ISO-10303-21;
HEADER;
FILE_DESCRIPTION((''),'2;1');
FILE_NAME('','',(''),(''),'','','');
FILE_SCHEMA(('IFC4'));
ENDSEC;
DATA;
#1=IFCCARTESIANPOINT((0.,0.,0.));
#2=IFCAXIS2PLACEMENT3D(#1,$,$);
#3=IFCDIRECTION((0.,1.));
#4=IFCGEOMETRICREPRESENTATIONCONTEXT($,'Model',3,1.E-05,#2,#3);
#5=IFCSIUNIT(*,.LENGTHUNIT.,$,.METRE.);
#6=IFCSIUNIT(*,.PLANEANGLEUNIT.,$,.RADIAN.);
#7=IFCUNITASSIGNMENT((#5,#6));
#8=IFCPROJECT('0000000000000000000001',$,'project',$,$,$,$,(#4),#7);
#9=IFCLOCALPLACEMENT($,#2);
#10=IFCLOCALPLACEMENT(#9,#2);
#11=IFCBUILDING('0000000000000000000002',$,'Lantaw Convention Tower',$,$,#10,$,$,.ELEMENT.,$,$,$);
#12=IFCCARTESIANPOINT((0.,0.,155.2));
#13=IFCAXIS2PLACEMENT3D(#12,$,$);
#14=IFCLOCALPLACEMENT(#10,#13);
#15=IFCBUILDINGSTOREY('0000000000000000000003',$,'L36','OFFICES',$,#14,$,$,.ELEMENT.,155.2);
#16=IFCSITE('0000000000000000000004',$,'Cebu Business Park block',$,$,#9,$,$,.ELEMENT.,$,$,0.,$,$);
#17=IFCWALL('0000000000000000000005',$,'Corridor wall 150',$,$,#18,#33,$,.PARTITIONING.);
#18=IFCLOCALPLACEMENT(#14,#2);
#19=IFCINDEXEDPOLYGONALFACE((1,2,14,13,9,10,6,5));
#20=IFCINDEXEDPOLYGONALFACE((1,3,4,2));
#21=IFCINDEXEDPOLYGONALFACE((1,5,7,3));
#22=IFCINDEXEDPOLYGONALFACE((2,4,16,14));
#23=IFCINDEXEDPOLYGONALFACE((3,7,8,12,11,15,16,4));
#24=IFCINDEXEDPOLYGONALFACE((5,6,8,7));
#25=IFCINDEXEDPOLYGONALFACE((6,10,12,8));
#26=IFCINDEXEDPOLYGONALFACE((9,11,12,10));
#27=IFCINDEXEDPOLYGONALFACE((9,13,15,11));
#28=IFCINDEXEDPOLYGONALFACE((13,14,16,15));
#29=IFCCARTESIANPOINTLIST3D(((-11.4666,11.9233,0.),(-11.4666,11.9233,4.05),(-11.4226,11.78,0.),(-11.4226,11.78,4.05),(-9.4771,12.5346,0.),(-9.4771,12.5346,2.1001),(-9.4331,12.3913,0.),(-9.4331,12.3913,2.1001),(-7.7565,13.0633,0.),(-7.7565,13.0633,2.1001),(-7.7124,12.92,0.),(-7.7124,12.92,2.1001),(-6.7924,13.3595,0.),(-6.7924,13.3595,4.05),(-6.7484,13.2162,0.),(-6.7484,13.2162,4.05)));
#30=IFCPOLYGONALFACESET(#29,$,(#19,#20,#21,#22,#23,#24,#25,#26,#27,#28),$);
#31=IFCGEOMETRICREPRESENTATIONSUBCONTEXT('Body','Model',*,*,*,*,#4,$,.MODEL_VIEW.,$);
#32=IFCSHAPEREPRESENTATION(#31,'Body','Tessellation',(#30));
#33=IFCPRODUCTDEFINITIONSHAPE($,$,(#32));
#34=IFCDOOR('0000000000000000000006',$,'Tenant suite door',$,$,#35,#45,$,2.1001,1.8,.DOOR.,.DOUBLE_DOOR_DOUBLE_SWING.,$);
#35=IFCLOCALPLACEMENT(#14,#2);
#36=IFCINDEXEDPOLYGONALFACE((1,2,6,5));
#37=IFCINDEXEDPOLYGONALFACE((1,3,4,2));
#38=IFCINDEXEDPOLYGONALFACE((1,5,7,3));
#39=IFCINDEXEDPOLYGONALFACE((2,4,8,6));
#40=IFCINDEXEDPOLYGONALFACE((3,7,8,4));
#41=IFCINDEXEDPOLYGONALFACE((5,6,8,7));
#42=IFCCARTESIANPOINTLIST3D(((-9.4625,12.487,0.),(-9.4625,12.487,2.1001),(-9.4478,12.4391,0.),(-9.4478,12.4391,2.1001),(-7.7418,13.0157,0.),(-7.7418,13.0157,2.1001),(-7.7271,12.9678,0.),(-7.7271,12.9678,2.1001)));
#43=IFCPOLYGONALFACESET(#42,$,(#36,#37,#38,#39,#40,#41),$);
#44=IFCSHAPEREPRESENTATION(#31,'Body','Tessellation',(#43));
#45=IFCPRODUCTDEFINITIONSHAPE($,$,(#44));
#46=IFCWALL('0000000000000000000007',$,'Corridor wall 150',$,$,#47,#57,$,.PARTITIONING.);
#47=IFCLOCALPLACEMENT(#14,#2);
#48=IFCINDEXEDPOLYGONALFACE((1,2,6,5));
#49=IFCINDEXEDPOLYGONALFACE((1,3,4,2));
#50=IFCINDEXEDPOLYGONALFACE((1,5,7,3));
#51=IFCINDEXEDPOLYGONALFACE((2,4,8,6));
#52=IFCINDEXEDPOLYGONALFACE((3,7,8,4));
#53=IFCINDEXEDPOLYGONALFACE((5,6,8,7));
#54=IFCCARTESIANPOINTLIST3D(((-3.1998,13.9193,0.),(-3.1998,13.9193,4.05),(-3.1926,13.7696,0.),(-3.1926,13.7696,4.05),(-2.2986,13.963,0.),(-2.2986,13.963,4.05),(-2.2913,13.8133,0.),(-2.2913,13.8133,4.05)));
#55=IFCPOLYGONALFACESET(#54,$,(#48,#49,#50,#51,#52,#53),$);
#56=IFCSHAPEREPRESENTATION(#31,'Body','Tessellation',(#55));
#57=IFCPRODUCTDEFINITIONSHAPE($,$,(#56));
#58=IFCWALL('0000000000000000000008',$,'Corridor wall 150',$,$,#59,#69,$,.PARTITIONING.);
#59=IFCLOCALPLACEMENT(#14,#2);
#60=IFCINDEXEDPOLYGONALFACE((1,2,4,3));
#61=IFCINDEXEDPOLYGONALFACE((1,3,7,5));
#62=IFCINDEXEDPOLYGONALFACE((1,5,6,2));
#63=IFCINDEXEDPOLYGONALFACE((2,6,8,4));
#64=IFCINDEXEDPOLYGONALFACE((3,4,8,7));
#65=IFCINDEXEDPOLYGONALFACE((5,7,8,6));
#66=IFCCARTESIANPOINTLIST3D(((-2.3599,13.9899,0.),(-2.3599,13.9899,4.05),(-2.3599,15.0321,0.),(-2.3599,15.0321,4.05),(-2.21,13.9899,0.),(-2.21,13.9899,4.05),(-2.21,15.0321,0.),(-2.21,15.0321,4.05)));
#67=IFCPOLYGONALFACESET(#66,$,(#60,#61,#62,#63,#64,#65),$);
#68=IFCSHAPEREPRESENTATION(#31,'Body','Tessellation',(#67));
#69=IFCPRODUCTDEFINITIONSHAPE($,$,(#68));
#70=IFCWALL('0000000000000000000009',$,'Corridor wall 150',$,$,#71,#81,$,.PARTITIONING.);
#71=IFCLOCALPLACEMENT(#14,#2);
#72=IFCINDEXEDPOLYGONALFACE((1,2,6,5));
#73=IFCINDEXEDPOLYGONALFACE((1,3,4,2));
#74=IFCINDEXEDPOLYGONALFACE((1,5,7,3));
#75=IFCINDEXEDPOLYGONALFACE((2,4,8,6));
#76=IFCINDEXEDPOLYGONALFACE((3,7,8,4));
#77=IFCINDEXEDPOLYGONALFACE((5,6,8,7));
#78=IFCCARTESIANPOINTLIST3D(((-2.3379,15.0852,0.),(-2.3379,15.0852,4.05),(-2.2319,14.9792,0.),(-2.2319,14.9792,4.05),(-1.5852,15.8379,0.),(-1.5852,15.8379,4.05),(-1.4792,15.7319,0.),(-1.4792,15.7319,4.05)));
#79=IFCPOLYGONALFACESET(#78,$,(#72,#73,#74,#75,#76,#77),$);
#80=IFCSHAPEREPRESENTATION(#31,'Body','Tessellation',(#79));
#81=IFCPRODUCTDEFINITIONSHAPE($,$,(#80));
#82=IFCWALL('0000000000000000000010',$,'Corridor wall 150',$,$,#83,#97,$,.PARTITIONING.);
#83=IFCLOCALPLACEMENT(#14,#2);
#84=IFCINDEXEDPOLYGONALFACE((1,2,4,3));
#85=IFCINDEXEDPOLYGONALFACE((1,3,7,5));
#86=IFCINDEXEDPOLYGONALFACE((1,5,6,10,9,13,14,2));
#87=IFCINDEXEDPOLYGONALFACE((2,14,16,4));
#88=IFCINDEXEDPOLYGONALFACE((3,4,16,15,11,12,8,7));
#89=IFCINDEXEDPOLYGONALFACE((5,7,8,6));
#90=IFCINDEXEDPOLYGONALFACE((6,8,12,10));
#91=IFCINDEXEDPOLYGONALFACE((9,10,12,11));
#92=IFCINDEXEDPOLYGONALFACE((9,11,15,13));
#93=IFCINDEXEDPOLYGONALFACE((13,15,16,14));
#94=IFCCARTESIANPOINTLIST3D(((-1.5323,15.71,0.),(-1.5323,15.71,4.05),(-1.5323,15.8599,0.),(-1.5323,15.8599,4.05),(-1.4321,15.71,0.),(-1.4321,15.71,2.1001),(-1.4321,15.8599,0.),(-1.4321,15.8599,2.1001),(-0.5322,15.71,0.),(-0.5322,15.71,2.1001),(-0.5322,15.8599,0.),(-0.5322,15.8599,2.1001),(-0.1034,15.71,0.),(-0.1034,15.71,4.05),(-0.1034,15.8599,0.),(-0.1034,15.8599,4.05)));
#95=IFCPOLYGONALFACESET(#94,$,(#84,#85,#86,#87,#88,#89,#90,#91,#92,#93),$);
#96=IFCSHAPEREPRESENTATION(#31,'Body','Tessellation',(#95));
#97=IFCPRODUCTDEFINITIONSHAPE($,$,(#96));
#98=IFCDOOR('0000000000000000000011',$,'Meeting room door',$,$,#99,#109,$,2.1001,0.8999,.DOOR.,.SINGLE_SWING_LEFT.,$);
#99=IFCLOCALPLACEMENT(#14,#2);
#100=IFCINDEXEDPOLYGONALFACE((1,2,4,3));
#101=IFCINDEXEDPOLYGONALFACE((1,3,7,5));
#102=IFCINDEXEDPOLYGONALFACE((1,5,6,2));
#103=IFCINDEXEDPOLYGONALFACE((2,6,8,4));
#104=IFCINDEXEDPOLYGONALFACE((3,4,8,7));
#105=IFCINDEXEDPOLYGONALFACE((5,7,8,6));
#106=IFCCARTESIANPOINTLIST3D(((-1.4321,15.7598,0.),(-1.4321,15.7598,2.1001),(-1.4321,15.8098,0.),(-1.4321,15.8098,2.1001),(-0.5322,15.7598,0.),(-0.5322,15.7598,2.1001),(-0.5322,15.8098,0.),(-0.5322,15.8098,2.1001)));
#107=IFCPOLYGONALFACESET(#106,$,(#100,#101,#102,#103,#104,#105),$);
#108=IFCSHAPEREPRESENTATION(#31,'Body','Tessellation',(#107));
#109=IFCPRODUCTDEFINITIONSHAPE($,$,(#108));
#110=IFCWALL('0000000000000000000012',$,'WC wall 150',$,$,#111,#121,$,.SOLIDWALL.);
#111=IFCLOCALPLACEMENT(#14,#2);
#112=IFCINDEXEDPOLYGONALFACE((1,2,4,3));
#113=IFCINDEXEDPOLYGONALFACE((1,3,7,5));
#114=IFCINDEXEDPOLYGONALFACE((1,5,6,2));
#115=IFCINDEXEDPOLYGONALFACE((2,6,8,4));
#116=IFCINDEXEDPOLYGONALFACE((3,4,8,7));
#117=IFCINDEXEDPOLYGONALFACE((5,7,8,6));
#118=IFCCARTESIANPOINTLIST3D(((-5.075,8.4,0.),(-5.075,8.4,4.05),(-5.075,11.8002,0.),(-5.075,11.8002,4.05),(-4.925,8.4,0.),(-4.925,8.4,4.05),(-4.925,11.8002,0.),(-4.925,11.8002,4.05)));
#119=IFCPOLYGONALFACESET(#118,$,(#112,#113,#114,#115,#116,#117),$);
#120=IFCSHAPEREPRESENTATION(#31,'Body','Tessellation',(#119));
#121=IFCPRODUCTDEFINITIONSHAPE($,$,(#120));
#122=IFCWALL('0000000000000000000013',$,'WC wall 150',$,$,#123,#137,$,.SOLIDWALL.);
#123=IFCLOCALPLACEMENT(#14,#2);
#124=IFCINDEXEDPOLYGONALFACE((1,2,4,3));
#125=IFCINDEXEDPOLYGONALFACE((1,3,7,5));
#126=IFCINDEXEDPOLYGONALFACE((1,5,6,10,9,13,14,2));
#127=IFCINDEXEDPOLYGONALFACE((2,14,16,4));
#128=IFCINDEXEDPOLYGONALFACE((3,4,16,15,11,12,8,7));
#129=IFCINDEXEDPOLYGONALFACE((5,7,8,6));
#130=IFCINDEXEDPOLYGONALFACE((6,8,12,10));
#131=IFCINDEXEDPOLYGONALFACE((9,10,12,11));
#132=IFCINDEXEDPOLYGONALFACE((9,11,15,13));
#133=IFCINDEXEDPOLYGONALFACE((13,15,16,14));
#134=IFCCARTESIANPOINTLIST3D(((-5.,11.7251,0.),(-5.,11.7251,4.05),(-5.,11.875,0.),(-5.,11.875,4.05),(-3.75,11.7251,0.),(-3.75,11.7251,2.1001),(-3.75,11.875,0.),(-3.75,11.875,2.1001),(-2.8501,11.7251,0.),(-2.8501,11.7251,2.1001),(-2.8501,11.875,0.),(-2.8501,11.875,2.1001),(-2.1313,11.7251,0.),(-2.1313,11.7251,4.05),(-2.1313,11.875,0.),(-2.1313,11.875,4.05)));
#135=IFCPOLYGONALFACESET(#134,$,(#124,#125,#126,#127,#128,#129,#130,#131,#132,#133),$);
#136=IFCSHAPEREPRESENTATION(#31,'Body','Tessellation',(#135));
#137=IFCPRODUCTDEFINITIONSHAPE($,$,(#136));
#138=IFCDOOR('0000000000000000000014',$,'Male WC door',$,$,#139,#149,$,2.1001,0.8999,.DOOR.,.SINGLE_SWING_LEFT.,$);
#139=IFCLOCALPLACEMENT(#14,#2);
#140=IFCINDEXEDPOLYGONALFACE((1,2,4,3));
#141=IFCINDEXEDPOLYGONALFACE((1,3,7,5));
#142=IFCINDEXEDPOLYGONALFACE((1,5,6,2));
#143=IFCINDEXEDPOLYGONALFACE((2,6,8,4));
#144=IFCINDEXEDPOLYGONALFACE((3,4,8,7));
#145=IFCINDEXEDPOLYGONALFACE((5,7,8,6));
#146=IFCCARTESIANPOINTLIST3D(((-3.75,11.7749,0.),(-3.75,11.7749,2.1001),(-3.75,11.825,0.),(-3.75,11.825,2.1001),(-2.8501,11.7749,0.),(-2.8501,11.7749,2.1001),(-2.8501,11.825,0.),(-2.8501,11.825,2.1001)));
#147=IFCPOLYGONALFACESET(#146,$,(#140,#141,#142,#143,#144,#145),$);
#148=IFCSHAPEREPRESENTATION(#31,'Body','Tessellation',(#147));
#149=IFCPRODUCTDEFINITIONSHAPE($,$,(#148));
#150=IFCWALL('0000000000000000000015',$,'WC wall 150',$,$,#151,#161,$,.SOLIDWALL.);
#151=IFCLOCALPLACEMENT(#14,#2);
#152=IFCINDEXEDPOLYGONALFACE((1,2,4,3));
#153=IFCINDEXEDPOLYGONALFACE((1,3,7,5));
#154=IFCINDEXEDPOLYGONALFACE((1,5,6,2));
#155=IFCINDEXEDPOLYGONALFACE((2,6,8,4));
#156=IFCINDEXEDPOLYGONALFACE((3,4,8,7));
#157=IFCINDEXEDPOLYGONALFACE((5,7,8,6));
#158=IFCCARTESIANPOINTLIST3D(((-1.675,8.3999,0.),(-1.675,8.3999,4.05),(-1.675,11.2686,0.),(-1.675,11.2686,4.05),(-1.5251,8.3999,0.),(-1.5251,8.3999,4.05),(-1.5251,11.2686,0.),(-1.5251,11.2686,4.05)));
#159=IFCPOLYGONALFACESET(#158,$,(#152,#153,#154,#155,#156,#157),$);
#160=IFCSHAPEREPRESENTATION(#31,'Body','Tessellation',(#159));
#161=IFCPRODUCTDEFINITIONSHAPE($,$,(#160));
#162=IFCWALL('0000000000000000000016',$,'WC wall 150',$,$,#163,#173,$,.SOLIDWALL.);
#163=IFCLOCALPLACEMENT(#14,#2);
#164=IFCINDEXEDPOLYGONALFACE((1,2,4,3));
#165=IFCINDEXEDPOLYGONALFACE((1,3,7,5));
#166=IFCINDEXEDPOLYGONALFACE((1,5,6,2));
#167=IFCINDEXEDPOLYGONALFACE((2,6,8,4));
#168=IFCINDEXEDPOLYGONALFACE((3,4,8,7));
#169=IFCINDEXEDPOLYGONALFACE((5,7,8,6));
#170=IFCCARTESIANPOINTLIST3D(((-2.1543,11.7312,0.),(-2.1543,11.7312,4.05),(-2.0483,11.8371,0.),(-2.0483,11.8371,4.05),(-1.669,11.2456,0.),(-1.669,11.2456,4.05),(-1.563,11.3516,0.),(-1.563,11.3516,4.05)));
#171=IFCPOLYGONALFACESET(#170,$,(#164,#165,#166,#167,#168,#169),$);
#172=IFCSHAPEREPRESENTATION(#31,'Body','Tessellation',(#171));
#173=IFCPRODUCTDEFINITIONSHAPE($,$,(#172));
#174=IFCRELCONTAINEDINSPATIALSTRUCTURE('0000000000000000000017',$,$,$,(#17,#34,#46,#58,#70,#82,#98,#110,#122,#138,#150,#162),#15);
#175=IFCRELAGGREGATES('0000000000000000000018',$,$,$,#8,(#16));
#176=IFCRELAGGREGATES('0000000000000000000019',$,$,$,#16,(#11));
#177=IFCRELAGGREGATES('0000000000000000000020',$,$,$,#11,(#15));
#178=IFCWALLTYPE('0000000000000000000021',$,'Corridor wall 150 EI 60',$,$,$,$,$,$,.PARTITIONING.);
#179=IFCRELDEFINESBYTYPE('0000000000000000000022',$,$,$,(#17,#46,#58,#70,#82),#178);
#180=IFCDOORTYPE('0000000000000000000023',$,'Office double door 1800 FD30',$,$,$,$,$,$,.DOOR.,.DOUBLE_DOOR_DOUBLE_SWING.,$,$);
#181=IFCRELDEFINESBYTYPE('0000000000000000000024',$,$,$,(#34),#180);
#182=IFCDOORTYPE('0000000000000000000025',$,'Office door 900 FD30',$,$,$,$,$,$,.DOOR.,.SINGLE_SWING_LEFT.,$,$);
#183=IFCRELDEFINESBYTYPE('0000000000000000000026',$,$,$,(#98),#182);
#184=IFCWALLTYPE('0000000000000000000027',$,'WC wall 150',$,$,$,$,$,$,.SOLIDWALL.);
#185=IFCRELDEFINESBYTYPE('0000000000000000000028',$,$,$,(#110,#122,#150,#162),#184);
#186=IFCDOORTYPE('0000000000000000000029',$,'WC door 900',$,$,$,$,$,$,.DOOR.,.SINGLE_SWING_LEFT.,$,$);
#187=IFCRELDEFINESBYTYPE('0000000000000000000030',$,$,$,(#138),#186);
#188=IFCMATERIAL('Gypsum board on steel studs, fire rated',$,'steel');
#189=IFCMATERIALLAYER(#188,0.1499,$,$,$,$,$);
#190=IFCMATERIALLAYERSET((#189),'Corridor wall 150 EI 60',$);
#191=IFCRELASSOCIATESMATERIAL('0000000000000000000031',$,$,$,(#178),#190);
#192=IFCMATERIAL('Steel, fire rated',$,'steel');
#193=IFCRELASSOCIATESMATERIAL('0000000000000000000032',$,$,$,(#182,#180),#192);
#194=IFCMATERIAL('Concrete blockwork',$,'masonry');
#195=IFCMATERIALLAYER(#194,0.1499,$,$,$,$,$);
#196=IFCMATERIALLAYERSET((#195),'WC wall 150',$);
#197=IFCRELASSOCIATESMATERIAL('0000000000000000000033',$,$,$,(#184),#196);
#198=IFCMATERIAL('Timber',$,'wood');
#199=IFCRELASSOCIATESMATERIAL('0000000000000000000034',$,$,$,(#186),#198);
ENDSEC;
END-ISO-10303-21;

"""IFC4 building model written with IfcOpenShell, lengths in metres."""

from ifc_helpers import new_model, si_unit, direction, frame, frame_2d, origin, place, context, subcontext, project, spatial, rectangle, extrude, material, layer, layer_set, type_object, element, fill, save


model = new_model("IFC4")

# Units and contexts
model_context = context("Model", 3, precision=1e-05, world=origin(), true_north=direction((0.0, 1.0)))
body_context = subcontext(model_context, "Body", "Model", "MODEL_VIEW")
ifc_project = project(units=[si_unit("LENGTHUNIT", "METRE"), si_unit("PLANEANGLEUNIT", "RADIAN")], contexts=[model_context])

# Site, building, storey
site_placement = place(None, origin())
site = spatial("IfcSite", under=ifc_project, at=site_placement, Name="Cebu Business Park block", CompositionType="ELEMENT", RefElevation=0.0)
building_placement = place(site_placement, origin())
building = spatial("IfcBuilding", under=site, at=building_placement, Name="Lantaw Convention Tower", CompositionType="ELEMENT")
storey_placement = place(building_placement, frame((0.0, 0.0, 155.2)))
storey = spatial("IfcBuildingStorey", under=building, at=storey_placement, Name="L36", Description="OFFICES", CompositionType="ELEMENT", Elevation=155.2)

# Wall, opening, door
ifc_material_1 = material(Name="Gypsum board on steel studs, fire rated", Category="steel")
ifc_layer_1 = layer(ifc_material_1, 0.1499)
ifc_layer_set_1 = layer_set([ifc_layer_1], Name="Corridor wall 150 EI 60")
wall_type_1 = type_object("IfcWallType", Name="Corridor wall 150 EI 60", PredefinedType="PARTITIONING", material=ifc_layer_set_1)
ifc_material_2 = material(Name="Steel, fire rated", Category="steel")
door_type_1 = type_object("IfcDoorType", Name="Office door 900 FD30", OperationType="SINGLE_SWING_LEFT", PredefinedType="DOOR", material=ifc_material_2)
wall_1_placement = place(storey_placement, frame((-6.7705, 13.2878, 0.0), z_axis=(0.0, 0.0, 1.0), x_axis=(-0.955892, -0.293717, 0.0)))
wall_1 = element("IfcWall", 1, at=wall_1_placement, inside=storey, type_object=wall_type_1, Name="Corridor wall 150", PredefinedType="PARTITIONING", context=body_context, shape_type="SweptSolid", body=[
    extrude(rectangle(XDim=4.8899, YDim=0.1499, at=frame_2d((2.4448, 0.0))), origin(), (0.0, 0.0, 1.0), 4.05),
])
opening_1_placement = place(wall_1_placement, frame((1.0085, 0.0, 0.0)))
opening_1 = element("IfcOpeningElement", 2, at=opening_1_placement, cuts=wall_1, PredefinedType="OPENING", context=body_context, shape_type="SweptSolid", body=[
    extrude(rectangle(XDim=1.8, YDim=2.1001, at=frame_2d((0.8999, 1.05))), frame((0.0, 0.085, 0.0), z_axis=(0.0, -1.0, 0.0), x_axis=(1.0, 0.0, 0.0)), (0.0, 0.0, 1.0), 0.1699),
])
door_type_2 = type_object("IfcDoorType", Name="Office double door 1800 FD30", OperationType="DOUBLE_DOOR_DOUBLE_SWING", PredefinedType="DOOR", material=ifc_material_2)
door_1_placement = place(opening_1_placement, origin())
door_1 = element("IfcDoor", 3, at=door_1_placement, inside=storey, type_object=door_type_2, Name="Tenant suite door", OperationType="DOUBLE_DOOR_DOUBLE_SWING", OverallHeight=2.1001, OverallWidth=1.8, PredefinedType="DOOR", context=body_context, shape_type="SweptSolid", body=[
    extrude(rectangle(XDim=1.8, YDim=2.1001, at=frame_2d((0.8999, 1.05))), frame((0.0, 0.0249, 0.0), z_axis=(0.0, -1.0, 0.0), x_axis=(1.0, 0.0, 0.0)), (0.0, 0.0, 1.0), 0.05),
])
fill(opening_1, door_1)

# Walls
wall_2_placement = place(storey_placement, frame((-2.2949, 13.8882, 0.0), z_axis=(0.0, 0.0, 1.0), x_axis=(-0.998827, -0.048426, 0.0)))
element("IfcWall", 4, at=wall_2_placement, inside=storey, type_object=wall_type_1, Name="Corridor wall 150", PredefinedType="PARTITIONING", context=body_context, shape_type="SweptSolid", body=[
    extrude(rectangle(XDim=0.9023, YDim=0.1499, at=frame_2d((0.4512, 0.0))), origin(), (0.0, 0.0, 1.0), 4.05),
])
wall_3_placement = place(storey_placement, frame((-2.2849, 13.99, 0.0), z_axis=(0.0, 0.0, 1.0), x_axis=(0.0, 1.0, 0.0)))
element("IfcWall", 5, at=wall_3_placement, inside=storey, type_object=wall_type_1, Name="Corridor wall 150", PredefinedType="PARTITIONING", context=body_context, shape_type="SweptSolid", body=[
    extrude(rectangle(XDim=1.0422, YDim=0.1499, at=frame_2d((0.521, 0.0))), origin(), (0.0, 0.0, 1.0), 4.05),
])
wall_4_placement = place(storey_placement, frame((-2.2849, 15.0322, 0.0), z_axis=(0.0, 0.0, 1.0), x_axis=(0.707107, 0.707107, 0.0)))
element("IfcWall", 6, at=wall_4_placement, inside=storey, type_object=wall_type_1, Name="Corridor wall 150", PredefinedType="PARTITIONING", context=body_context, shape_type="SweptSolid", body=[
    extrude(rectangle(XDim=1.0645, YDim=0.1499, at=frame_2d((0.5322, 0.0))), origin(), (0.0, 0.0, 1.0), 4.05),
])

# Wall, opening, door
wall_5_placement = place(storey_placement, frame((-1.5322, 15.7849, 0.0), z_axis=(0.0, 0.0, 1.0), x_axis=(1.0, 0.0, 0.0)))
wall_5 = element("IfcWall", 7, at=wall_5_placement, inside=storey, type_object=wall_type_1, Name="Corridor wall 150", PredefinedType="PARTITIONING", context=body_context, shape_type="SweptSolid", body=[
    extrude(rectangle(XDim=1.429, YDim=0.1499, at=frame_2d((0.7144, 0.0))), origin(), (0.0, 0.0, 1.0), 4.05),
])
opening_2_placement = place(wall_5_placement, frame((0.1001, 0.0, 0.0)))
opening_2 = element("IfcOpeningElement", 8, at=opening_2_placement, cuts=wall_5, PredefinedType="OPENING", context=body_context, shape_type="SweptSolid", body=[
    extrude(rectangle(XDim=0.8999, YDim=2.1001, at=frame_2d((0.45, 1.05))), frame((0.0, 0.085, 0.0), z_axis=(0.0, -1.0, 0.0), x_axis=(1.0, 0.0, 0.0)), (0.0, 0.0, 1.0), 0.1699),
])
door_2_placement = place(opening_2_placement, origin())
door_2 = element("IfcDoor", 9, at=door_2_placement, inside=storey, type_object=door_type_1, Name="Meeting room door", OperationType="SINGLE_SWING_LEFT", OverallHeight=2.1001, OverallWidth=0.8999, PredefinedType="DOOR", context=body_context, shape_type="SweptSolid", body=[
    extrude(rectangle(XDim=0.8999, YDim=2.1001, at=frame_2d((0.45, 1.05))), frame((0.0, 0.0249, 0.0), z_axis=(0.0, -1.0, 0.0), x_axis=(1.0, 0.0, 0.0)), (0.0, 0.0, 1.0), 0.05),
])
fill(opening_2, door_2)

# Wall
ifc_material_3 = material(Name="Concrete blockwork", Category="masonry")
ifc_layer_2 = layer(ifc_material_3, 0.1499)
ifc_layer_set_2 = layer_set([ifc_layer_2], Name="WC wall 150")
wall_type_2 = type_object("IfcWallType", Name="WC wall 150", PredefinedType="SOLIDWALL", material=ifc_layer_set_2)
wall_6_placement = place(storey_placement, frame((-5.0, 8.3999, 0.0), z_axis=(0.0, 0.0, 1.0), x_axis=(0.0, 1.0, 0.0)))
element("IfcWall", 10, at=wall_6_placement, inside=storey, type_object=wall_type_2, Name="WC wall 150", PredefinedType="SOLIDWALL", context=body_context, shape_type="SweptSolid", body=[
    extrude(rectangle(XDim=3.4001, YDim=0.1499, at=frame_2d((1.7002, 0.0))), origin(), (0.0, 0.0, 1.0), 4.05),
])

# Wall, opening, door
wall_7_placement = place(storey_placement, frame((-5.0, 11.8, 0.0), z_axis=(0.0, 0.0, 1.0), x_axis=(1.0, 0.0, 0.0)))
wall_7 = element("IfcWall", 11, at=wall_7_placement, inside=storey, type_object=wall_type_2, Name="WC wall 150", PredefinedType="SOLIDWALL", context=body_context, shape_type="SweptSolid", body=[
    extrude(rectangle(XDim=2.8687, YDim=0.1499, at=frame_2d((1.4343, 0.0))), origin(), (0.0, 0.0, 1.0), 4.05),
])
opening_3_placement = place(wall_7_placement, frame((1.25, 0.0, 0.0)))
opening_3 = element("IfcOpeningElement", 12, at=opening_3_placement, cuts=wall_7, PredefinedType="OPENING", context=body_context, shape_type="SweptSolid", body=[
    extrude(rectangle(XDim=0.8999, YDim=2.1001, at=frame_2d((0.45, 1.05))), frame((0.0, 0.085, 0.0), z_axis=(0.0, -1.0, 0.0), x_axis=(1.0, 0.0, 0.0)), (0.0, 0.0, 1.0), 0.1699),
])
ifc_material_4 = material(Name="Timber", Category="wood")
door_type_3 = type_object("IfcDoorType", Name="WC door 900", OperationType="SINGLE_SWING_LEFT", PredefinedType="DOOR", material=ifc_material_4)
door_3_placement = place(opening_3_placement, origin())
door_3 = element("IfcDoor", 13, at=door_3_placement, inside=storey, type_object=door_type_3, Name="Male WC door", OperationType="SINGLE_SWING_LEFT", OverallHeight=2.1001, OverallWidth=0.8999, PredefinedType="DOOR", context=body_context, shape_type="SweptSolid", body=[
    extrude(rectangle(XDim=0.8999, YDim=2.1001, at=frame_2d((0.45, 1.05))), frame((0.0, 0.0249, 0.0), z_axis=(0.0, -1.0, 0.0), x_axis=(1.0, 0.0, 0.0)), (0.0, 0.0, 1.0), 0.05),
])
fill(opening_3, door_3)

# Walls
wall_8_placement = place(storey_placement, frame((-1.6001, 8.3999, 0.0), z_axis=(0.0, 0.0, 1.0), x_axis=(0.0, 1.0, 0.0)))
element("IfcWall", 14, at=wall_8_placement, inside=storey, type_object=wall_type_2, Name="WC wall 150", PredefinedType="SOLIDWALL", context=body_context, shape_type="SweptSolid", body=[
    extrude(rectangle(XDim=2.8687, YDim=0.1499, at=frame_2d((1.4343, 0.0))), origin(), (0.0, 0.0, 1.0), 4.05),
])
wall_9_placement = place(storey_placement, frame((-1.616, 11.2986, 0.0), z_axis=(0.0, 0.0, 1.0), x_axis=(-0.706929, 0.707285, 0.0)))
element("IfcWall", 15, at=wall_9_placement, inside=storey, type_object=wall_type_2, Name="WC wall 150", PredefinedType="SOLIDWALL", context=body_context, shape_type="SweptSolid", body=[
    extrude(rectangle(XDim=0.6865, YDim=0.1499, at=frame_2d((0.3433, 0.0))), origin(), (0.0, 0.0, 1.0), 4.05),
])

save(model, "model.ifc")
